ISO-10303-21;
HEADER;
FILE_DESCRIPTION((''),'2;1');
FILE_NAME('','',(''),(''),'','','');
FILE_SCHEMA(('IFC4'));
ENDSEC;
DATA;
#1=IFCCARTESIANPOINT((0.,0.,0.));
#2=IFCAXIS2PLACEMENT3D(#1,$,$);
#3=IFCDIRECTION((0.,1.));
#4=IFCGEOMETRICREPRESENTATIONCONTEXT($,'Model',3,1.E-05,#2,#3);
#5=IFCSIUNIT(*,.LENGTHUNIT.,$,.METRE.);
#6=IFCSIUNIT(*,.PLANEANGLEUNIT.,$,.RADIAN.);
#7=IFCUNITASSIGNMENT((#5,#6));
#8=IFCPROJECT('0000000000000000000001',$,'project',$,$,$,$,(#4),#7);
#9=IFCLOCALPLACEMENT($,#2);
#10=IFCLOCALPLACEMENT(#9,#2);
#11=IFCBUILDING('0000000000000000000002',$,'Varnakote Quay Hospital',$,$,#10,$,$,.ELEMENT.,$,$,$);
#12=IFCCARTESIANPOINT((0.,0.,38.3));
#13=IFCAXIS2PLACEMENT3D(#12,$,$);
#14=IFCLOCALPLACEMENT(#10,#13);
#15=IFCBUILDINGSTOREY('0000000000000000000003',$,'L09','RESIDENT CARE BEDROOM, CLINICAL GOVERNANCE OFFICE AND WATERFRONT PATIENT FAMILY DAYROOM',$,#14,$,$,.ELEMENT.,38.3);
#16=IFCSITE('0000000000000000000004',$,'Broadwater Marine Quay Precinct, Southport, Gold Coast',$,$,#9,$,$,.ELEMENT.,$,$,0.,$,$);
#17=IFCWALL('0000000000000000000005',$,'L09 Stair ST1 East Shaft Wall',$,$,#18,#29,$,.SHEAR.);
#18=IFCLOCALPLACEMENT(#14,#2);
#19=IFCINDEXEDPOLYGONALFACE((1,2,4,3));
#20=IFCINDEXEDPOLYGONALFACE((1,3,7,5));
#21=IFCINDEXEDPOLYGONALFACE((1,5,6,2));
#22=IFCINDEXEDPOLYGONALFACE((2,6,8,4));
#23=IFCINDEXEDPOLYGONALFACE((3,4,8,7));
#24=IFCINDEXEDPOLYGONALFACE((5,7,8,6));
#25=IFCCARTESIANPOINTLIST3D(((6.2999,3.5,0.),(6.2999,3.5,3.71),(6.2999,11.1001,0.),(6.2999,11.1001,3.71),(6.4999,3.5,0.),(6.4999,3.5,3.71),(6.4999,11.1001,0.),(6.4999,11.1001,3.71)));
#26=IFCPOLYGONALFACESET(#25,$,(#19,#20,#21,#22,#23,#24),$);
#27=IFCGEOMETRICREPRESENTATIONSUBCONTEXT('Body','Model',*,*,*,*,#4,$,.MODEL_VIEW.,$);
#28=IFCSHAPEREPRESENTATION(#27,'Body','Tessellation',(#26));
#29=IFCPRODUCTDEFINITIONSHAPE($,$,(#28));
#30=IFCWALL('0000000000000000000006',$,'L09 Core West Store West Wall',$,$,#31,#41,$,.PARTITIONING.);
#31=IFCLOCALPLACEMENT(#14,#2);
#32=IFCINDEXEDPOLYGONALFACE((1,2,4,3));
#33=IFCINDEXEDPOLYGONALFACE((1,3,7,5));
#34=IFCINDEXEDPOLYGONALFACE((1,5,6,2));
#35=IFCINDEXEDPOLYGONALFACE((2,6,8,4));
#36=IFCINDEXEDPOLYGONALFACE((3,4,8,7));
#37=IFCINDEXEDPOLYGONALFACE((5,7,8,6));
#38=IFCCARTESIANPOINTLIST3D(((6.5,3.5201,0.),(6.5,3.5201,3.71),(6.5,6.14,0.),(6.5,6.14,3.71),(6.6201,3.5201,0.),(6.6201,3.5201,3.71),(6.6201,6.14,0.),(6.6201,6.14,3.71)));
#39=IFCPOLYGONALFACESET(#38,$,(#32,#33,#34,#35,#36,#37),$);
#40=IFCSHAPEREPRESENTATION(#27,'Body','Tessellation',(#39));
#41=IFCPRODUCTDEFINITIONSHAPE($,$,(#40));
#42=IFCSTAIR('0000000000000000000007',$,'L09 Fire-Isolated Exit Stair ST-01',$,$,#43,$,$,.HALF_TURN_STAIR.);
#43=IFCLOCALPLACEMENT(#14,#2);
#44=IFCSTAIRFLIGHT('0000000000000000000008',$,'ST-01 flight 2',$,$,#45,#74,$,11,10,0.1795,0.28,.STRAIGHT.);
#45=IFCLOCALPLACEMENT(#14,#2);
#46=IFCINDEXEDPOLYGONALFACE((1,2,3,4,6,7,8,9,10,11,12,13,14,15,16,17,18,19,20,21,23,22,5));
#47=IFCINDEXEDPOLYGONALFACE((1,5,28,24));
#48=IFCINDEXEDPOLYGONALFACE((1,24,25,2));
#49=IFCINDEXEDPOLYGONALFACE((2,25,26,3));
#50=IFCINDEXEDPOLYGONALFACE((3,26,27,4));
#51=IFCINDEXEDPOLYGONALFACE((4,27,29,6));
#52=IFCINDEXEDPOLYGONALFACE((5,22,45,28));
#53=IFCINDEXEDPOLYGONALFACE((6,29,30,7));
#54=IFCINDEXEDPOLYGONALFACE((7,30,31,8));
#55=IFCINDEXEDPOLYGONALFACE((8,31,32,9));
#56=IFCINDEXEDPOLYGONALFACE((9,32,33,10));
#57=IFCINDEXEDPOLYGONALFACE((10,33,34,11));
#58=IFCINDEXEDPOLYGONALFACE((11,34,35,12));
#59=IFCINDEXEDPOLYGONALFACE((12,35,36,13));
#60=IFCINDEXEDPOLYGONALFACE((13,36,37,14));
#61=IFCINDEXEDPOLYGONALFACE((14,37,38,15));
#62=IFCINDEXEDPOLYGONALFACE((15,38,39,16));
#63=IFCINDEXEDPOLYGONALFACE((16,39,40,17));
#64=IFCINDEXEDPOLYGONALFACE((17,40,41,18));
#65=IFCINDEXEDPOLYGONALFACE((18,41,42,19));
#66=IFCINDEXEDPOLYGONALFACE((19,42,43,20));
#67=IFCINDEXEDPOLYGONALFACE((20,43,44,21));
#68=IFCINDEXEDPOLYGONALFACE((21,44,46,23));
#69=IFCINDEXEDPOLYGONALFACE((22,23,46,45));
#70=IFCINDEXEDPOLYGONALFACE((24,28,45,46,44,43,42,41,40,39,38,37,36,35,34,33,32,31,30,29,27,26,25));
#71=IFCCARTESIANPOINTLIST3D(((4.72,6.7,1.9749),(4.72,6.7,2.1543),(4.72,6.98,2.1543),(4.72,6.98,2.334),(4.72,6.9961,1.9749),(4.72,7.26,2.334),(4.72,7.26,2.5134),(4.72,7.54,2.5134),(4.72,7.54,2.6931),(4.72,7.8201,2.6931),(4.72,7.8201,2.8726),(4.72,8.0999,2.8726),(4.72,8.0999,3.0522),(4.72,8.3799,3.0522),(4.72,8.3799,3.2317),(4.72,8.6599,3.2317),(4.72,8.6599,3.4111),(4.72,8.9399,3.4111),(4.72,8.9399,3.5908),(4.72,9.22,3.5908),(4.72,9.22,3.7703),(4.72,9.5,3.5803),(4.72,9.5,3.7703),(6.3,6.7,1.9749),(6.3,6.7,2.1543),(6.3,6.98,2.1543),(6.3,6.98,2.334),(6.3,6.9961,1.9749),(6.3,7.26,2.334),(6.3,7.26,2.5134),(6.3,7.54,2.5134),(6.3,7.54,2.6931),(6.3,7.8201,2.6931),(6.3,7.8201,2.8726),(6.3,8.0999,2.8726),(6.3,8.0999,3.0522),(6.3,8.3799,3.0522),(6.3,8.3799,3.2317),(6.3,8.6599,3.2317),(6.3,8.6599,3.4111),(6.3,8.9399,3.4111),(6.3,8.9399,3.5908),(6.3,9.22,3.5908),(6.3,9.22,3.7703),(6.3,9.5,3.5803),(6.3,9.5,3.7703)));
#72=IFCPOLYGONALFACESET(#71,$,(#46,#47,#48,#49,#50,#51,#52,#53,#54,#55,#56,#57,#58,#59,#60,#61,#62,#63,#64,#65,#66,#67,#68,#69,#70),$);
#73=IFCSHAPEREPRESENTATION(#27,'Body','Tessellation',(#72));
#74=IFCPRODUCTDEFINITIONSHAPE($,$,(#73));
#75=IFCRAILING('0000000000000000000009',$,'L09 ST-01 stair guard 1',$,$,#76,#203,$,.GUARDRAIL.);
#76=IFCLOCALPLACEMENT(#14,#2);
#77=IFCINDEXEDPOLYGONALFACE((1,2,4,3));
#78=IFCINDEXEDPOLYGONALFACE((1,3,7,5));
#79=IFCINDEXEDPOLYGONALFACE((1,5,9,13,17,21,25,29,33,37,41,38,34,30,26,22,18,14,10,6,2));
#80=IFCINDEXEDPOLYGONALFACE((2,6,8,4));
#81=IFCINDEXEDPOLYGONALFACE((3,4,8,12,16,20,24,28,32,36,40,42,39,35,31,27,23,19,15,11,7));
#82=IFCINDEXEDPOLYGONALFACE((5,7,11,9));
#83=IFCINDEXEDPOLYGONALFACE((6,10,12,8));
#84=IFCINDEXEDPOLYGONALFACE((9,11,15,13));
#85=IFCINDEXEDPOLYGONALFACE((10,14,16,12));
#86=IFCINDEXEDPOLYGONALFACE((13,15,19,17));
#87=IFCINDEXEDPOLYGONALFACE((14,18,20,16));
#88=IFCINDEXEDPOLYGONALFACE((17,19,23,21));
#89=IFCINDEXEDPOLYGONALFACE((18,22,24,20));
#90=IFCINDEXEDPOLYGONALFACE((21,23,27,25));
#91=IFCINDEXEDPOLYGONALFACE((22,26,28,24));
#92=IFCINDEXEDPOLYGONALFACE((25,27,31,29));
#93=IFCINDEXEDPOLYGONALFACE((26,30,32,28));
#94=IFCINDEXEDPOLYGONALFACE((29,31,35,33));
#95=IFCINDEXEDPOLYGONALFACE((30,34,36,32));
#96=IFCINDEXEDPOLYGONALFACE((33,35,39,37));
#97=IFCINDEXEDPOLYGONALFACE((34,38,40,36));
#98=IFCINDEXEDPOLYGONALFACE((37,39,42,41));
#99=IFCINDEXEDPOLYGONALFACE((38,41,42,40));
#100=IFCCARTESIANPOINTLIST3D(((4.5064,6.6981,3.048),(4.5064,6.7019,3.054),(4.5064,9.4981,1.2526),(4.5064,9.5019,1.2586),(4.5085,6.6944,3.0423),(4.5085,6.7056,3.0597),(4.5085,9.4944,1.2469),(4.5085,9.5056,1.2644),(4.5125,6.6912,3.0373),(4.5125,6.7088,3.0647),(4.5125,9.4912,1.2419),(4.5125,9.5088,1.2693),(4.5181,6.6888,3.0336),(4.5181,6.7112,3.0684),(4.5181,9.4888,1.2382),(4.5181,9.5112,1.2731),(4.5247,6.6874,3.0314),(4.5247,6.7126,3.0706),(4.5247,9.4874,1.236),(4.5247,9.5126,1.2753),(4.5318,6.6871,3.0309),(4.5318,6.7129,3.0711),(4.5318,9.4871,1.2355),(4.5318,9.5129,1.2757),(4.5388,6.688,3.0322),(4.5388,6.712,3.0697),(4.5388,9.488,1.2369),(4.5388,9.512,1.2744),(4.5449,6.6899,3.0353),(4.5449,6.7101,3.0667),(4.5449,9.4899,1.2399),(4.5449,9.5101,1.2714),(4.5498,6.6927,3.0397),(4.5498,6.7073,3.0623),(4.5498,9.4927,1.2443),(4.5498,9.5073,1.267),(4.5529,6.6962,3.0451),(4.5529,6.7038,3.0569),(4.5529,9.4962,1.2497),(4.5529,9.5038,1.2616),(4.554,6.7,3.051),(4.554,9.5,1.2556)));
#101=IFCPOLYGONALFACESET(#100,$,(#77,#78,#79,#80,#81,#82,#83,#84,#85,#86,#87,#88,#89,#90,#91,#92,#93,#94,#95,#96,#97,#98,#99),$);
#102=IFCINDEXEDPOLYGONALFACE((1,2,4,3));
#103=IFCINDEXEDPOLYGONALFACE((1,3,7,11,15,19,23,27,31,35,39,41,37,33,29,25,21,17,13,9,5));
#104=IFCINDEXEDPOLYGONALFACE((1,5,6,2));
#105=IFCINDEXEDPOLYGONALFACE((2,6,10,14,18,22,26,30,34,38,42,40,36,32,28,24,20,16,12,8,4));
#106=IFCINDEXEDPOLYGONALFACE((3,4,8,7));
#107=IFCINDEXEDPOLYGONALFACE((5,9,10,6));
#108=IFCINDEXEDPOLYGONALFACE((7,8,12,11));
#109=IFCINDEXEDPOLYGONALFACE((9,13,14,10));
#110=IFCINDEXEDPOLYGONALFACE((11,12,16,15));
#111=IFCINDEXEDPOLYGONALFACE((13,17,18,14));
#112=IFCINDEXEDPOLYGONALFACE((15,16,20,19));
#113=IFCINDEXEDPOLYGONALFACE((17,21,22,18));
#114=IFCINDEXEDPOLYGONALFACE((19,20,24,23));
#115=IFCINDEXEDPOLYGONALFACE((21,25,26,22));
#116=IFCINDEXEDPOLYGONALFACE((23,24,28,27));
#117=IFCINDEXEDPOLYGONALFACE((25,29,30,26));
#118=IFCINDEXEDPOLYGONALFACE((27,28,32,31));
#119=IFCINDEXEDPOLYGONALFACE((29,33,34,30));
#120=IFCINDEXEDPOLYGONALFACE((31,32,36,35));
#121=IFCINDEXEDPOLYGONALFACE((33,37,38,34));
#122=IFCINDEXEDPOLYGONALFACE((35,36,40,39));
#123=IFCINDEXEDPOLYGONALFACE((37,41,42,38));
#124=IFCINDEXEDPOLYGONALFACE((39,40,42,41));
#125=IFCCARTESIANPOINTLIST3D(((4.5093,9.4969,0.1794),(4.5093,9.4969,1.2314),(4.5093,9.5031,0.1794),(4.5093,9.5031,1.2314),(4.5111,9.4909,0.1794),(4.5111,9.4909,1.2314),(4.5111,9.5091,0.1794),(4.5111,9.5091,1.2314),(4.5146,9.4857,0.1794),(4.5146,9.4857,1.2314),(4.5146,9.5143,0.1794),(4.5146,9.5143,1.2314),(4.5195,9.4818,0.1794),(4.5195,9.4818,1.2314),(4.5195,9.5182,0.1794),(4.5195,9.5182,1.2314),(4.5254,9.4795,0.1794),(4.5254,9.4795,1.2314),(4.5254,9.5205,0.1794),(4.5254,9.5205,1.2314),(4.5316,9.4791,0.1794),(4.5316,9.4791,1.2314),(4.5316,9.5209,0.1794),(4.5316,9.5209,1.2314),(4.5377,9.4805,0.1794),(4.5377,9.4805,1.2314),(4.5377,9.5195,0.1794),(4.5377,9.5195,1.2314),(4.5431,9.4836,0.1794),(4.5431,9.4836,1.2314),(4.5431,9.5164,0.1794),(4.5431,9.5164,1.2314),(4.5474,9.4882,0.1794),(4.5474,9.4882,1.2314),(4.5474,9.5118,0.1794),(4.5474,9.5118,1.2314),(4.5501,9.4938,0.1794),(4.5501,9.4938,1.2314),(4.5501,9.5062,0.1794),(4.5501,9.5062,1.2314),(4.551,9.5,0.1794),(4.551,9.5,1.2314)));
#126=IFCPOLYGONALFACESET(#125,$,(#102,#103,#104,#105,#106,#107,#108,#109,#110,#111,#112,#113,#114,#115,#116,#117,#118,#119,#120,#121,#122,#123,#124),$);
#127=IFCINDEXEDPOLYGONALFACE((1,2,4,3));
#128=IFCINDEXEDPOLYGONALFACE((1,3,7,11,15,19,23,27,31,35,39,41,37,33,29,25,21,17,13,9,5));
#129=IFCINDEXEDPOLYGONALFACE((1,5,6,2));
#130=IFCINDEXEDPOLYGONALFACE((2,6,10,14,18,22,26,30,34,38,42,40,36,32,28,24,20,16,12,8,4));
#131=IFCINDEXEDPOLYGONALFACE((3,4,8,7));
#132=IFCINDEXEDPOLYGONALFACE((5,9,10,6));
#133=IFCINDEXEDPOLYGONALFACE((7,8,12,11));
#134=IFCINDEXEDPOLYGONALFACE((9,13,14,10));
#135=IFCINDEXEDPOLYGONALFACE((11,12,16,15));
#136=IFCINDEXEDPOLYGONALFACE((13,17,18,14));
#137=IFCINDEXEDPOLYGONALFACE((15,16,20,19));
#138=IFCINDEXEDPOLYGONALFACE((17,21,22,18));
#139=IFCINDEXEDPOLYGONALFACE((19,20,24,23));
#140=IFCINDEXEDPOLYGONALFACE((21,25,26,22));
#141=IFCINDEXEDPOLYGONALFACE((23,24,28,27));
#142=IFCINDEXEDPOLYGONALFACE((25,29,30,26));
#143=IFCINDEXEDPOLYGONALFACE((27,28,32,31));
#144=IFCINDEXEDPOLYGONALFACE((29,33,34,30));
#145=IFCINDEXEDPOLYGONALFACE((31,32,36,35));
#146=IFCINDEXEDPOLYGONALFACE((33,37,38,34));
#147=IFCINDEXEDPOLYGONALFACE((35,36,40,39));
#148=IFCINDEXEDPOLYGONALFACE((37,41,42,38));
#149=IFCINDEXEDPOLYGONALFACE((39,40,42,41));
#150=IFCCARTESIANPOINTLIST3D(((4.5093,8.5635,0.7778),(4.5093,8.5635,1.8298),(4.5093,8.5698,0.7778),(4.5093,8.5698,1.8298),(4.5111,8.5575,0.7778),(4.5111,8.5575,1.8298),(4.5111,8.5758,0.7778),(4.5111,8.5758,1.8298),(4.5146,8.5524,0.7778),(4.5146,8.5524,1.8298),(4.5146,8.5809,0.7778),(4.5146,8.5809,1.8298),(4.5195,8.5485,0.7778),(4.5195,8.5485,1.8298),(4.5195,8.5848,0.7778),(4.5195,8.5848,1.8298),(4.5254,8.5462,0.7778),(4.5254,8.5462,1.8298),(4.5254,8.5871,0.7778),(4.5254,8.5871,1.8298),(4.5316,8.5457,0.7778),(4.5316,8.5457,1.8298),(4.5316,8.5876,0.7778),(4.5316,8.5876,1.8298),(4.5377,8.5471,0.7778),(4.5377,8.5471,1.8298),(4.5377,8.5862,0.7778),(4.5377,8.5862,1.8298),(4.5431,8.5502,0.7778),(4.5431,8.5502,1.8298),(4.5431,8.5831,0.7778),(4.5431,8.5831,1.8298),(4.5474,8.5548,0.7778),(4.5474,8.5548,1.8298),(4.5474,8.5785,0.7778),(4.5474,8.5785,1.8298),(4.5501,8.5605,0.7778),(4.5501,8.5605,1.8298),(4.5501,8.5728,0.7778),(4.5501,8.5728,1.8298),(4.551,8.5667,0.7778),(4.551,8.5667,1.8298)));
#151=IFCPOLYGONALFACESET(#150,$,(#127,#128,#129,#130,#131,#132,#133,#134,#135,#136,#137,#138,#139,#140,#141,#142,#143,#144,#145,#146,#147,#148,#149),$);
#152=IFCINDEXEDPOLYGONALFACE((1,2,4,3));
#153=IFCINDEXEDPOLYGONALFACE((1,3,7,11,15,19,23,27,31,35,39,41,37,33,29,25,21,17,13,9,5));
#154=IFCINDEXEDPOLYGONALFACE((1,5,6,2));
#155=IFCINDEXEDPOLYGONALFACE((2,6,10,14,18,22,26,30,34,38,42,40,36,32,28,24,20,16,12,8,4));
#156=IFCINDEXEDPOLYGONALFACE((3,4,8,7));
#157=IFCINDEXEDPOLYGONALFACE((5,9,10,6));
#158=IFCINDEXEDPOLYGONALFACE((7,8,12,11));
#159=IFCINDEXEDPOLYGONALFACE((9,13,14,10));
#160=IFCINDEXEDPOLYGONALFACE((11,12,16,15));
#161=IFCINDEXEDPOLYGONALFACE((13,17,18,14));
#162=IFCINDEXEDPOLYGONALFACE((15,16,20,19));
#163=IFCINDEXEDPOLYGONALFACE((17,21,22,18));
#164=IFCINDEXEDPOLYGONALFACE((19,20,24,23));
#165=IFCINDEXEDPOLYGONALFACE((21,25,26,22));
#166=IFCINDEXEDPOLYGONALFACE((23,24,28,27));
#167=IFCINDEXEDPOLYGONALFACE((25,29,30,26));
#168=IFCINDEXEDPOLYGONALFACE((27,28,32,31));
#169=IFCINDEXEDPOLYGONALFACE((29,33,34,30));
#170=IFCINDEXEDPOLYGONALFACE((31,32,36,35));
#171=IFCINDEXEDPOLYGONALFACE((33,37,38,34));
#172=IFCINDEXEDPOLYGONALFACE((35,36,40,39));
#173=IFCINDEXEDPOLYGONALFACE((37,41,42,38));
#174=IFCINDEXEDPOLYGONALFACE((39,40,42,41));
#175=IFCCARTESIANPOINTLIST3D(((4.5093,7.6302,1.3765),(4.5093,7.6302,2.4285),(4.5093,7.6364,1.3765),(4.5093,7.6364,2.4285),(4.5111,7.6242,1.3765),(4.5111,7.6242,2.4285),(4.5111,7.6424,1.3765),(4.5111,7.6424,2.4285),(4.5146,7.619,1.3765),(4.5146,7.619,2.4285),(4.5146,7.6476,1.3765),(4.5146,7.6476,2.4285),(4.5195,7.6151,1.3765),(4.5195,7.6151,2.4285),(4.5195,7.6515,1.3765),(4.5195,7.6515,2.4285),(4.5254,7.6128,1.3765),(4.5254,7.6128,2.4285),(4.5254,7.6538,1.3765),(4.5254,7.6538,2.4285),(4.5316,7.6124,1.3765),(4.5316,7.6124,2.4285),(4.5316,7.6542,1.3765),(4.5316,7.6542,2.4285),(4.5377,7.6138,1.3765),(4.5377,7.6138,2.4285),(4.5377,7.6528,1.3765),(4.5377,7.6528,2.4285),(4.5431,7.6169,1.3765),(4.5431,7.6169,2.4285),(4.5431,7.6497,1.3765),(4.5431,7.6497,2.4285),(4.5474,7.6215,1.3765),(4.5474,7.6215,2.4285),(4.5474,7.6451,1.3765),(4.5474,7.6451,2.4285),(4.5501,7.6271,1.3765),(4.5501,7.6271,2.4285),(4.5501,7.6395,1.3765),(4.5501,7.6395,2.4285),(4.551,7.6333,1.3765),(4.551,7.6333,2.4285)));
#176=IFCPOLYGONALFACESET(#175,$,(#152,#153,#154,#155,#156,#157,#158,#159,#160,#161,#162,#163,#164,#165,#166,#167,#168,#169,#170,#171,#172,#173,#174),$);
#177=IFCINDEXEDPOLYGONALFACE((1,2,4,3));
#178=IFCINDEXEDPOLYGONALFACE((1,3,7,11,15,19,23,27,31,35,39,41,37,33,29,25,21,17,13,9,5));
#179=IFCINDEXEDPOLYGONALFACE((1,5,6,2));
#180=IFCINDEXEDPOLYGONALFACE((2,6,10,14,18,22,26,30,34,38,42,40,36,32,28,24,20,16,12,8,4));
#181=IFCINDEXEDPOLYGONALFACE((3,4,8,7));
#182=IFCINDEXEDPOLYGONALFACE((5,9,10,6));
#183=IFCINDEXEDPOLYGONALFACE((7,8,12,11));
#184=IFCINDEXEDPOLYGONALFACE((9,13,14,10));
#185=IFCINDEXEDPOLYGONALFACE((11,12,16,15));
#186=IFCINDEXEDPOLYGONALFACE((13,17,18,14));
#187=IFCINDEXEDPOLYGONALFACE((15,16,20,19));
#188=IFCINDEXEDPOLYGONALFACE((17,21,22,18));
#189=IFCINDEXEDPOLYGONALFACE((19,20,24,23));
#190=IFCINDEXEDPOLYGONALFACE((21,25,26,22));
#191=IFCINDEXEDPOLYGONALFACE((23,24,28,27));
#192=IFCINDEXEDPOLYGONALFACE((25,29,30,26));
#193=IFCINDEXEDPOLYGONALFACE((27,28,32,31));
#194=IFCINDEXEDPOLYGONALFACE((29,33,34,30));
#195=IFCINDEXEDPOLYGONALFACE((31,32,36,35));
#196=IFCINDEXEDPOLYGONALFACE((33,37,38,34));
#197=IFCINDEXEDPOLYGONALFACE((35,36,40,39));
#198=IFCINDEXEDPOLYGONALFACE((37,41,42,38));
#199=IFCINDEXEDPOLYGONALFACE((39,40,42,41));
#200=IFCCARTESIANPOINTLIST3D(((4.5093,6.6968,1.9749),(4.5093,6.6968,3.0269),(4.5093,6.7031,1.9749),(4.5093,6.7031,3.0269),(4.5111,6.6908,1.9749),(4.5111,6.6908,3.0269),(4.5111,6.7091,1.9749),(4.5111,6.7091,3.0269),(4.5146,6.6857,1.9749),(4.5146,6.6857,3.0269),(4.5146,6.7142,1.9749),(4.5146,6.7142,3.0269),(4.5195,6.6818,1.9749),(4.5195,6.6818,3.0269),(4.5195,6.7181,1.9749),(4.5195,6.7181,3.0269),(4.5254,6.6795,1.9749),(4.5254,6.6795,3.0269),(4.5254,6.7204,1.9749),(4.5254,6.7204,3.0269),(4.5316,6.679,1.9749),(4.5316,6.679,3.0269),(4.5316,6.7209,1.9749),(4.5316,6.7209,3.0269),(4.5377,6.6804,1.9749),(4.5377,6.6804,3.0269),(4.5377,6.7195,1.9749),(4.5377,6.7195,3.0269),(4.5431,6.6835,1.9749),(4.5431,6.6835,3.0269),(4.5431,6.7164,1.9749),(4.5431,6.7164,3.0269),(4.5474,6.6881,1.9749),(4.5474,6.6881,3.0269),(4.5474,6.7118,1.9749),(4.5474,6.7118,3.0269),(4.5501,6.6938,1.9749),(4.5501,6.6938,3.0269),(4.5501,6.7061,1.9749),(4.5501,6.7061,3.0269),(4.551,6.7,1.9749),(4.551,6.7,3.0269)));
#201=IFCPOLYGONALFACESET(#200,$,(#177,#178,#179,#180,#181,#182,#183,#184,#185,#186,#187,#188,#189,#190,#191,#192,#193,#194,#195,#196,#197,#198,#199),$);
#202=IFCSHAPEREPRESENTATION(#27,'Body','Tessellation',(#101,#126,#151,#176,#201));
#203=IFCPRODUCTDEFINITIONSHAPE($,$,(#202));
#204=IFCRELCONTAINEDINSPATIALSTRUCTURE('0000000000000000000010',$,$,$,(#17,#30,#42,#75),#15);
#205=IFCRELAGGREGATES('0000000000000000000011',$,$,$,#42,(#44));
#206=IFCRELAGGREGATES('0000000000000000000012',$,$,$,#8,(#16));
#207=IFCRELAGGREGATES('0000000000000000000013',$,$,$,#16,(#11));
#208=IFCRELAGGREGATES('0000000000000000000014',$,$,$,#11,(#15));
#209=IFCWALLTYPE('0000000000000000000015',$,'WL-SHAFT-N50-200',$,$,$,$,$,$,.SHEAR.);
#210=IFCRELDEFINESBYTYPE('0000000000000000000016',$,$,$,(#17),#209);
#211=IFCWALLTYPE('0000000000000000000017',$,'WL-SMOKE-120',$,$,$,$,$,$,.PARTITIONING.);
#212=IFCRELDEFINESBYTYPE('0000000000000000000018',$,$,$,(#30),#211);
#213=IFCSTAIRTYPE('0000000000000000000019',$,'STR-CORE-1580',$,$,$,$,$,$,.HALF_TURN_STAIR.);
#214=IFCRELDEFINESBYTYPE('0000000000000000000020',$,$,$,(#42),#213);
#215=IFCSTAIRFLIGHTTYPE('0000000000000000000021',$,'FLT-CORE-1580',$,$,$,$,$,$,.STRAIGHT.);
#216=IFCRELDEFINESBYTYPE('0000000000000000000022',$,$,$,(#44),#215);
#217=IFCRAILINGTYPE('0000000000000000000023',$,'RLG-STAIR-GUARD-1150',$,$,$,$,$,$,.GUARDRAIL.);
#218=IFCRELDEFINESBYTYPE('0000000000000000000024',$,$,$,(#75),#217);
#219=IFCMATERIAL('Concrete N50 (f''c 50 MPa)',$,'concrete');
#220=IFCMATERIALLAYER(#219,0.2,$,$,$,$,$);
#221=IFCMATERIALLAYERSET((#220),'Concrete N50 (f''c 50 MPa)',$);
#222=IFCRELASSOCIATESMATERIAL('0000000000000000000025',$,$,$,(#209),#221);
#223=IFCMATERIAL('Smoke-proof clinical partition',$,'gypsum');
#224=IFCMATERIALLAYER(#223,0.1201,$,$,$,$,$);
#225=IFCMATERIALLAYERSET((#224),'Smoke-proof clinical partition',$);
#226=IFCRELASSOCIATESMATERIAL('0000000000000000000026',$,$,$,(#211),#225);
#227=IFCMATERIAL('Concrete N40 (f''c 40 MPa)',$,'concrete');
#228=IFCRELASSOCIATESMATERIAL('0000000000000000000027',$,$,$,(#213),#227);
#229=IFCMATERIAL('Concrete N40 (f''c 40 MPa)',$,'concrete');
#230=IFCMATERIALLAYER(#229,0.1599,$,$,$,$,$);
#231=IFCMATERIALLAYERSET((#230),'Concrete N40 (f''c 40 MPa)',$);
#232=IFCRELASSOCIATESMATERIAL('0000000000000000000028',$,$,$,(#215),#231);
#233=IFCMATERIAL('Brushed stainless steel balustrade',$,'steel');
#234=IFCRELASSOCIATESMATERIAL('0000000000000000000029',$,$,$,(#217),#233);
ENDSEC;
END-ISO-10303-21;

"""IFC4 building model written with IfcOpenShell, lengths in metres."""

from ifc_helpers import new_model, si_unit, direction, frame, frame_2d, origin, origin_2d, place, context, subcontext, project, spatial, polyline, rectangle, circle, outline, extrude, material, layer, layer_set, type_object, element, aggregate, save


model = new_model("IFC4")

# Units and contexts
model_context = context("Model", 3, precision=1e-05, world=origin(), true_north=direction((0.0, 1.0)))
body_context = subcontext(model_context, "Body", "Model", "MODEL_VIEW")
ifc_project = project(units=[si_unit("LENGTHUNIT", "METRE"), si_unit("PLANEANGLEUNIT", "RADIAN")], contexts=[model_context])

# Site, building, storey
site_placement = place(None, origin())
site = spatial("IfcSite", under=ifc_project, at=site_placement, Name="Broadwater Marine Quay Precinct, Southport, Gold Coast", CompositionType="ELEMENT", RefElevation=0.0)
building_placement = place(site_placement, origin())
building = spatial("IfcBuilding", under=site, at=building_placement, Name="Varnakote Quay Hospital", CompositionType="ELEMENT")
storey_placement = place(building_placement, frame((0.0, 0.0, 38.3)))
storey = spatial("IfcBuildingStorey", under=building, at=storey_placement, Name="L09", Description="RESIDENT CARE BEDROOM, CLINICAL GOVERNANCE OFFICE AND WATERFRONT PATIENT FAMILY DAYROOM", CompositionType="ELEMENT", Elevation=38.3)

# Walls
ifc_material_1 = material(Name="Concrete N50 (f'c 50 MPa)", Category="concrete")
ifc_layer_1 = layer(ifc_material_1, 0.2)
ifc_layer_set_1 = layer_set([ifc_layer_1], Name="Concrete N50 (f'c 50 MPa)")
wall_type_1 = type_object("IfcWallType", Name="WL-SHAFT-N50-200", PredefinedType="SHEAR", material=ifc_layer_set_1)
wall_1_placement = place(storey_placement, frame((6.3999, 3.5, 0.0), z_axis=(0.0, 0.0, 1.0), x_axis=(0.0, 1.0, 0.0)))
element("IfcWall", 1, at=wall_1_placement, inside=storey, type_object=wall_type_1, Name="L09 Stair ST1 East Shaft Wall", PredefinedType="SHEAR", context=body_context, shape_type="SweptSolid", body=[
    extrude(rectangle(XDim=7.6001, YDim=0.2, at=frame_2d((3.8, 0.0))), origin(), (0.0, 0.0, 1.0), 3.71),
])
ifc_material_2 = material(Name="Smoke-proof clinical partition", Category="gypsum")
ifc_layer_2 = layer(ifc_material_2, 0.1201)
ifc_layer_set_2 = layer_set([ifc_layer_2], Name="Smoke-proof clinical partition")
wall_type_2 = type_object("IfcWallType", Name="WL-SMOKE-120", PredefinedType="PARTITIONING", material=ifc_layer_set_2)
wall_2_placement = place(storey_placement, frame((6.5601, 3.52, 0.0), z_axis=(0.0, 0.0, 1.0), x_axis=(0.0, 1.0, 0.0)))
element("IfcWall", 2, at=wall_2_placement, inside=storey, type_object=wall_type_2, Name="L09 Core West Store West Wall", PredefinedType="PARTITIONING", context=body_context, shape_type="SweptSolid", body=[
    extrude(rectangle(XDim=2.6199, YDim=0.1201, at=frame_2d((1.3101, 0.0))), origin(), (0.0, 0.0, 1.0), 3.71),
])

# Stair, stair flight
ifc_material_3 = material(Name="Concrete N40 (f'c 40 MPa)", Category="concrete")
stair_type = type_object("IfcStairType", Name="STR-CORE-1580", PredefinedType="HALF_TURN_STAIR", material=ifc_material_3)
stair_placement = place(storey_placement, origin())
stair = element("IfcStair", 3, at=stair_placement, inside=storey, type_object=stair_type, Name="L09 Fire-Isolated Exit Stair ST-01", PredefinedType="HALF_TURN_STAIR")
ifc_material_4 = material(Name="Concrete N40 (f'c 40 MPa)", Category="concrete")
ifc_layer_3 = layer(ifc_material_4, 0.1599)
ifc_layer_set_3 = layer_set([ifc_layer_3], Name="Concrete N40 (f'c 40 MPa)")
stair_flight_type = type_object("IfcStairFlightType", Name="FLT-CORE-1580", PredefinedType="STRAIGHT", material=ifc_layer_set_3)
stair_flight_placement = place(storey_placement, frame((5.51, 6.7, 1.9749), z_axis=(0.0, 0.0, 1.0), x_axis=(0.0, 1.0, 0.0)))
stair_flight = element("IfcStairFlight", 4, at=stair_flight_placement, type_object=stair_flight_type, Name="ST-01 flight 2", NumberOfRisers=11, NumberOfTreads=10, PredefinedType="STRAIGHT", RiserHeight=0.1795, TreadLength=0.28, context=body_context, shape_type="SweptSolid", body=[
    extrude(outline(polyline([(0.0, 0.0), (0.0, 0.1794), (0.28, 0.1794), (0.28, 0.3591), (0.5601, 0.3591), (0.5601, 0.5386), (0.8401, 0.5386), (0.8401, 0.7183), (1.1201, 0.7183), (1.1201, 0.8977), (1.3999, 0.8977), (1.3999, 1.0774), (1.6799, 1.0774), (1.6799, 1.2568), (1.96, 1.2568), (1.96, 1.4363), (2.24, 1.4363), (2.24, 1.616), (2.52, 1.616), (2.52, 1.7954), (2.8, 1.7954), (2.8, 1.9751), (2.8, 1.6055), (0.2961, 0.0), (0.0, 0.0)])), frame((0.0, 0.79, 0.0), z_axis=(0.0, -1.0, 0.0), x_axis=(1.0, 0.0, 0.0)), (0.0, 0.0, 1.0), 1.5801),
])
aggregate(stair, [stair_flight])

# Railing
ifc_material_5 = material(Name="Brushed stainless steel balustrade", Category="steel")
railing_type_1 = type_object("IfcRailingType", Name="RLG-STAIR-GUARD-1150", PredefinedType="GUARDRAIL", material=ifc_material_5)
railing_1_placement = place(storey_placement, frame((4.53, 9.5, 0.1794)))
element("IfcRailing", 5, at=railing_1_placement, inside=storey, type_object=railing_type_1, Name="L09 ST-01 stair guard 1", PredefinedType="GUARDRAIL", context=body_context, shape_type="SweptSolid", body=[
    extrude(circle(Radius=0.0239, at=origin_2d()), frame((0.0, 0.0, 1.0762), z_axis=(0.0, -0.84181, 0.539774), x_axis=(1.0, 0.0, 0.0)), (0.0, 0.0, 1.0), 3.3262),
    extrude(circle(Radius=0.021, at=origin_2d()), origin(), (0.0, 0.0, 1.0), 1.052),
    extrude(circle(Radius=0.021, at=origin_2d()), frame((0.0, -0.9333, 0.5984)), (0.0, 0.0, 1.0), 1.052),
    extrude(circle(Radius=0.021, at=origin_2d()), frame((0.0, -1.8667, 1.197)), (0.0, 0.0, 1.0), 1.052),
    extrude(circle(Radius=0.021, at=origin_2d()), frame((0.0, -2.8, 1.7954)), (0.0, 0.0, 1.0), 1.052),
])

save(model, "model.ifc")
